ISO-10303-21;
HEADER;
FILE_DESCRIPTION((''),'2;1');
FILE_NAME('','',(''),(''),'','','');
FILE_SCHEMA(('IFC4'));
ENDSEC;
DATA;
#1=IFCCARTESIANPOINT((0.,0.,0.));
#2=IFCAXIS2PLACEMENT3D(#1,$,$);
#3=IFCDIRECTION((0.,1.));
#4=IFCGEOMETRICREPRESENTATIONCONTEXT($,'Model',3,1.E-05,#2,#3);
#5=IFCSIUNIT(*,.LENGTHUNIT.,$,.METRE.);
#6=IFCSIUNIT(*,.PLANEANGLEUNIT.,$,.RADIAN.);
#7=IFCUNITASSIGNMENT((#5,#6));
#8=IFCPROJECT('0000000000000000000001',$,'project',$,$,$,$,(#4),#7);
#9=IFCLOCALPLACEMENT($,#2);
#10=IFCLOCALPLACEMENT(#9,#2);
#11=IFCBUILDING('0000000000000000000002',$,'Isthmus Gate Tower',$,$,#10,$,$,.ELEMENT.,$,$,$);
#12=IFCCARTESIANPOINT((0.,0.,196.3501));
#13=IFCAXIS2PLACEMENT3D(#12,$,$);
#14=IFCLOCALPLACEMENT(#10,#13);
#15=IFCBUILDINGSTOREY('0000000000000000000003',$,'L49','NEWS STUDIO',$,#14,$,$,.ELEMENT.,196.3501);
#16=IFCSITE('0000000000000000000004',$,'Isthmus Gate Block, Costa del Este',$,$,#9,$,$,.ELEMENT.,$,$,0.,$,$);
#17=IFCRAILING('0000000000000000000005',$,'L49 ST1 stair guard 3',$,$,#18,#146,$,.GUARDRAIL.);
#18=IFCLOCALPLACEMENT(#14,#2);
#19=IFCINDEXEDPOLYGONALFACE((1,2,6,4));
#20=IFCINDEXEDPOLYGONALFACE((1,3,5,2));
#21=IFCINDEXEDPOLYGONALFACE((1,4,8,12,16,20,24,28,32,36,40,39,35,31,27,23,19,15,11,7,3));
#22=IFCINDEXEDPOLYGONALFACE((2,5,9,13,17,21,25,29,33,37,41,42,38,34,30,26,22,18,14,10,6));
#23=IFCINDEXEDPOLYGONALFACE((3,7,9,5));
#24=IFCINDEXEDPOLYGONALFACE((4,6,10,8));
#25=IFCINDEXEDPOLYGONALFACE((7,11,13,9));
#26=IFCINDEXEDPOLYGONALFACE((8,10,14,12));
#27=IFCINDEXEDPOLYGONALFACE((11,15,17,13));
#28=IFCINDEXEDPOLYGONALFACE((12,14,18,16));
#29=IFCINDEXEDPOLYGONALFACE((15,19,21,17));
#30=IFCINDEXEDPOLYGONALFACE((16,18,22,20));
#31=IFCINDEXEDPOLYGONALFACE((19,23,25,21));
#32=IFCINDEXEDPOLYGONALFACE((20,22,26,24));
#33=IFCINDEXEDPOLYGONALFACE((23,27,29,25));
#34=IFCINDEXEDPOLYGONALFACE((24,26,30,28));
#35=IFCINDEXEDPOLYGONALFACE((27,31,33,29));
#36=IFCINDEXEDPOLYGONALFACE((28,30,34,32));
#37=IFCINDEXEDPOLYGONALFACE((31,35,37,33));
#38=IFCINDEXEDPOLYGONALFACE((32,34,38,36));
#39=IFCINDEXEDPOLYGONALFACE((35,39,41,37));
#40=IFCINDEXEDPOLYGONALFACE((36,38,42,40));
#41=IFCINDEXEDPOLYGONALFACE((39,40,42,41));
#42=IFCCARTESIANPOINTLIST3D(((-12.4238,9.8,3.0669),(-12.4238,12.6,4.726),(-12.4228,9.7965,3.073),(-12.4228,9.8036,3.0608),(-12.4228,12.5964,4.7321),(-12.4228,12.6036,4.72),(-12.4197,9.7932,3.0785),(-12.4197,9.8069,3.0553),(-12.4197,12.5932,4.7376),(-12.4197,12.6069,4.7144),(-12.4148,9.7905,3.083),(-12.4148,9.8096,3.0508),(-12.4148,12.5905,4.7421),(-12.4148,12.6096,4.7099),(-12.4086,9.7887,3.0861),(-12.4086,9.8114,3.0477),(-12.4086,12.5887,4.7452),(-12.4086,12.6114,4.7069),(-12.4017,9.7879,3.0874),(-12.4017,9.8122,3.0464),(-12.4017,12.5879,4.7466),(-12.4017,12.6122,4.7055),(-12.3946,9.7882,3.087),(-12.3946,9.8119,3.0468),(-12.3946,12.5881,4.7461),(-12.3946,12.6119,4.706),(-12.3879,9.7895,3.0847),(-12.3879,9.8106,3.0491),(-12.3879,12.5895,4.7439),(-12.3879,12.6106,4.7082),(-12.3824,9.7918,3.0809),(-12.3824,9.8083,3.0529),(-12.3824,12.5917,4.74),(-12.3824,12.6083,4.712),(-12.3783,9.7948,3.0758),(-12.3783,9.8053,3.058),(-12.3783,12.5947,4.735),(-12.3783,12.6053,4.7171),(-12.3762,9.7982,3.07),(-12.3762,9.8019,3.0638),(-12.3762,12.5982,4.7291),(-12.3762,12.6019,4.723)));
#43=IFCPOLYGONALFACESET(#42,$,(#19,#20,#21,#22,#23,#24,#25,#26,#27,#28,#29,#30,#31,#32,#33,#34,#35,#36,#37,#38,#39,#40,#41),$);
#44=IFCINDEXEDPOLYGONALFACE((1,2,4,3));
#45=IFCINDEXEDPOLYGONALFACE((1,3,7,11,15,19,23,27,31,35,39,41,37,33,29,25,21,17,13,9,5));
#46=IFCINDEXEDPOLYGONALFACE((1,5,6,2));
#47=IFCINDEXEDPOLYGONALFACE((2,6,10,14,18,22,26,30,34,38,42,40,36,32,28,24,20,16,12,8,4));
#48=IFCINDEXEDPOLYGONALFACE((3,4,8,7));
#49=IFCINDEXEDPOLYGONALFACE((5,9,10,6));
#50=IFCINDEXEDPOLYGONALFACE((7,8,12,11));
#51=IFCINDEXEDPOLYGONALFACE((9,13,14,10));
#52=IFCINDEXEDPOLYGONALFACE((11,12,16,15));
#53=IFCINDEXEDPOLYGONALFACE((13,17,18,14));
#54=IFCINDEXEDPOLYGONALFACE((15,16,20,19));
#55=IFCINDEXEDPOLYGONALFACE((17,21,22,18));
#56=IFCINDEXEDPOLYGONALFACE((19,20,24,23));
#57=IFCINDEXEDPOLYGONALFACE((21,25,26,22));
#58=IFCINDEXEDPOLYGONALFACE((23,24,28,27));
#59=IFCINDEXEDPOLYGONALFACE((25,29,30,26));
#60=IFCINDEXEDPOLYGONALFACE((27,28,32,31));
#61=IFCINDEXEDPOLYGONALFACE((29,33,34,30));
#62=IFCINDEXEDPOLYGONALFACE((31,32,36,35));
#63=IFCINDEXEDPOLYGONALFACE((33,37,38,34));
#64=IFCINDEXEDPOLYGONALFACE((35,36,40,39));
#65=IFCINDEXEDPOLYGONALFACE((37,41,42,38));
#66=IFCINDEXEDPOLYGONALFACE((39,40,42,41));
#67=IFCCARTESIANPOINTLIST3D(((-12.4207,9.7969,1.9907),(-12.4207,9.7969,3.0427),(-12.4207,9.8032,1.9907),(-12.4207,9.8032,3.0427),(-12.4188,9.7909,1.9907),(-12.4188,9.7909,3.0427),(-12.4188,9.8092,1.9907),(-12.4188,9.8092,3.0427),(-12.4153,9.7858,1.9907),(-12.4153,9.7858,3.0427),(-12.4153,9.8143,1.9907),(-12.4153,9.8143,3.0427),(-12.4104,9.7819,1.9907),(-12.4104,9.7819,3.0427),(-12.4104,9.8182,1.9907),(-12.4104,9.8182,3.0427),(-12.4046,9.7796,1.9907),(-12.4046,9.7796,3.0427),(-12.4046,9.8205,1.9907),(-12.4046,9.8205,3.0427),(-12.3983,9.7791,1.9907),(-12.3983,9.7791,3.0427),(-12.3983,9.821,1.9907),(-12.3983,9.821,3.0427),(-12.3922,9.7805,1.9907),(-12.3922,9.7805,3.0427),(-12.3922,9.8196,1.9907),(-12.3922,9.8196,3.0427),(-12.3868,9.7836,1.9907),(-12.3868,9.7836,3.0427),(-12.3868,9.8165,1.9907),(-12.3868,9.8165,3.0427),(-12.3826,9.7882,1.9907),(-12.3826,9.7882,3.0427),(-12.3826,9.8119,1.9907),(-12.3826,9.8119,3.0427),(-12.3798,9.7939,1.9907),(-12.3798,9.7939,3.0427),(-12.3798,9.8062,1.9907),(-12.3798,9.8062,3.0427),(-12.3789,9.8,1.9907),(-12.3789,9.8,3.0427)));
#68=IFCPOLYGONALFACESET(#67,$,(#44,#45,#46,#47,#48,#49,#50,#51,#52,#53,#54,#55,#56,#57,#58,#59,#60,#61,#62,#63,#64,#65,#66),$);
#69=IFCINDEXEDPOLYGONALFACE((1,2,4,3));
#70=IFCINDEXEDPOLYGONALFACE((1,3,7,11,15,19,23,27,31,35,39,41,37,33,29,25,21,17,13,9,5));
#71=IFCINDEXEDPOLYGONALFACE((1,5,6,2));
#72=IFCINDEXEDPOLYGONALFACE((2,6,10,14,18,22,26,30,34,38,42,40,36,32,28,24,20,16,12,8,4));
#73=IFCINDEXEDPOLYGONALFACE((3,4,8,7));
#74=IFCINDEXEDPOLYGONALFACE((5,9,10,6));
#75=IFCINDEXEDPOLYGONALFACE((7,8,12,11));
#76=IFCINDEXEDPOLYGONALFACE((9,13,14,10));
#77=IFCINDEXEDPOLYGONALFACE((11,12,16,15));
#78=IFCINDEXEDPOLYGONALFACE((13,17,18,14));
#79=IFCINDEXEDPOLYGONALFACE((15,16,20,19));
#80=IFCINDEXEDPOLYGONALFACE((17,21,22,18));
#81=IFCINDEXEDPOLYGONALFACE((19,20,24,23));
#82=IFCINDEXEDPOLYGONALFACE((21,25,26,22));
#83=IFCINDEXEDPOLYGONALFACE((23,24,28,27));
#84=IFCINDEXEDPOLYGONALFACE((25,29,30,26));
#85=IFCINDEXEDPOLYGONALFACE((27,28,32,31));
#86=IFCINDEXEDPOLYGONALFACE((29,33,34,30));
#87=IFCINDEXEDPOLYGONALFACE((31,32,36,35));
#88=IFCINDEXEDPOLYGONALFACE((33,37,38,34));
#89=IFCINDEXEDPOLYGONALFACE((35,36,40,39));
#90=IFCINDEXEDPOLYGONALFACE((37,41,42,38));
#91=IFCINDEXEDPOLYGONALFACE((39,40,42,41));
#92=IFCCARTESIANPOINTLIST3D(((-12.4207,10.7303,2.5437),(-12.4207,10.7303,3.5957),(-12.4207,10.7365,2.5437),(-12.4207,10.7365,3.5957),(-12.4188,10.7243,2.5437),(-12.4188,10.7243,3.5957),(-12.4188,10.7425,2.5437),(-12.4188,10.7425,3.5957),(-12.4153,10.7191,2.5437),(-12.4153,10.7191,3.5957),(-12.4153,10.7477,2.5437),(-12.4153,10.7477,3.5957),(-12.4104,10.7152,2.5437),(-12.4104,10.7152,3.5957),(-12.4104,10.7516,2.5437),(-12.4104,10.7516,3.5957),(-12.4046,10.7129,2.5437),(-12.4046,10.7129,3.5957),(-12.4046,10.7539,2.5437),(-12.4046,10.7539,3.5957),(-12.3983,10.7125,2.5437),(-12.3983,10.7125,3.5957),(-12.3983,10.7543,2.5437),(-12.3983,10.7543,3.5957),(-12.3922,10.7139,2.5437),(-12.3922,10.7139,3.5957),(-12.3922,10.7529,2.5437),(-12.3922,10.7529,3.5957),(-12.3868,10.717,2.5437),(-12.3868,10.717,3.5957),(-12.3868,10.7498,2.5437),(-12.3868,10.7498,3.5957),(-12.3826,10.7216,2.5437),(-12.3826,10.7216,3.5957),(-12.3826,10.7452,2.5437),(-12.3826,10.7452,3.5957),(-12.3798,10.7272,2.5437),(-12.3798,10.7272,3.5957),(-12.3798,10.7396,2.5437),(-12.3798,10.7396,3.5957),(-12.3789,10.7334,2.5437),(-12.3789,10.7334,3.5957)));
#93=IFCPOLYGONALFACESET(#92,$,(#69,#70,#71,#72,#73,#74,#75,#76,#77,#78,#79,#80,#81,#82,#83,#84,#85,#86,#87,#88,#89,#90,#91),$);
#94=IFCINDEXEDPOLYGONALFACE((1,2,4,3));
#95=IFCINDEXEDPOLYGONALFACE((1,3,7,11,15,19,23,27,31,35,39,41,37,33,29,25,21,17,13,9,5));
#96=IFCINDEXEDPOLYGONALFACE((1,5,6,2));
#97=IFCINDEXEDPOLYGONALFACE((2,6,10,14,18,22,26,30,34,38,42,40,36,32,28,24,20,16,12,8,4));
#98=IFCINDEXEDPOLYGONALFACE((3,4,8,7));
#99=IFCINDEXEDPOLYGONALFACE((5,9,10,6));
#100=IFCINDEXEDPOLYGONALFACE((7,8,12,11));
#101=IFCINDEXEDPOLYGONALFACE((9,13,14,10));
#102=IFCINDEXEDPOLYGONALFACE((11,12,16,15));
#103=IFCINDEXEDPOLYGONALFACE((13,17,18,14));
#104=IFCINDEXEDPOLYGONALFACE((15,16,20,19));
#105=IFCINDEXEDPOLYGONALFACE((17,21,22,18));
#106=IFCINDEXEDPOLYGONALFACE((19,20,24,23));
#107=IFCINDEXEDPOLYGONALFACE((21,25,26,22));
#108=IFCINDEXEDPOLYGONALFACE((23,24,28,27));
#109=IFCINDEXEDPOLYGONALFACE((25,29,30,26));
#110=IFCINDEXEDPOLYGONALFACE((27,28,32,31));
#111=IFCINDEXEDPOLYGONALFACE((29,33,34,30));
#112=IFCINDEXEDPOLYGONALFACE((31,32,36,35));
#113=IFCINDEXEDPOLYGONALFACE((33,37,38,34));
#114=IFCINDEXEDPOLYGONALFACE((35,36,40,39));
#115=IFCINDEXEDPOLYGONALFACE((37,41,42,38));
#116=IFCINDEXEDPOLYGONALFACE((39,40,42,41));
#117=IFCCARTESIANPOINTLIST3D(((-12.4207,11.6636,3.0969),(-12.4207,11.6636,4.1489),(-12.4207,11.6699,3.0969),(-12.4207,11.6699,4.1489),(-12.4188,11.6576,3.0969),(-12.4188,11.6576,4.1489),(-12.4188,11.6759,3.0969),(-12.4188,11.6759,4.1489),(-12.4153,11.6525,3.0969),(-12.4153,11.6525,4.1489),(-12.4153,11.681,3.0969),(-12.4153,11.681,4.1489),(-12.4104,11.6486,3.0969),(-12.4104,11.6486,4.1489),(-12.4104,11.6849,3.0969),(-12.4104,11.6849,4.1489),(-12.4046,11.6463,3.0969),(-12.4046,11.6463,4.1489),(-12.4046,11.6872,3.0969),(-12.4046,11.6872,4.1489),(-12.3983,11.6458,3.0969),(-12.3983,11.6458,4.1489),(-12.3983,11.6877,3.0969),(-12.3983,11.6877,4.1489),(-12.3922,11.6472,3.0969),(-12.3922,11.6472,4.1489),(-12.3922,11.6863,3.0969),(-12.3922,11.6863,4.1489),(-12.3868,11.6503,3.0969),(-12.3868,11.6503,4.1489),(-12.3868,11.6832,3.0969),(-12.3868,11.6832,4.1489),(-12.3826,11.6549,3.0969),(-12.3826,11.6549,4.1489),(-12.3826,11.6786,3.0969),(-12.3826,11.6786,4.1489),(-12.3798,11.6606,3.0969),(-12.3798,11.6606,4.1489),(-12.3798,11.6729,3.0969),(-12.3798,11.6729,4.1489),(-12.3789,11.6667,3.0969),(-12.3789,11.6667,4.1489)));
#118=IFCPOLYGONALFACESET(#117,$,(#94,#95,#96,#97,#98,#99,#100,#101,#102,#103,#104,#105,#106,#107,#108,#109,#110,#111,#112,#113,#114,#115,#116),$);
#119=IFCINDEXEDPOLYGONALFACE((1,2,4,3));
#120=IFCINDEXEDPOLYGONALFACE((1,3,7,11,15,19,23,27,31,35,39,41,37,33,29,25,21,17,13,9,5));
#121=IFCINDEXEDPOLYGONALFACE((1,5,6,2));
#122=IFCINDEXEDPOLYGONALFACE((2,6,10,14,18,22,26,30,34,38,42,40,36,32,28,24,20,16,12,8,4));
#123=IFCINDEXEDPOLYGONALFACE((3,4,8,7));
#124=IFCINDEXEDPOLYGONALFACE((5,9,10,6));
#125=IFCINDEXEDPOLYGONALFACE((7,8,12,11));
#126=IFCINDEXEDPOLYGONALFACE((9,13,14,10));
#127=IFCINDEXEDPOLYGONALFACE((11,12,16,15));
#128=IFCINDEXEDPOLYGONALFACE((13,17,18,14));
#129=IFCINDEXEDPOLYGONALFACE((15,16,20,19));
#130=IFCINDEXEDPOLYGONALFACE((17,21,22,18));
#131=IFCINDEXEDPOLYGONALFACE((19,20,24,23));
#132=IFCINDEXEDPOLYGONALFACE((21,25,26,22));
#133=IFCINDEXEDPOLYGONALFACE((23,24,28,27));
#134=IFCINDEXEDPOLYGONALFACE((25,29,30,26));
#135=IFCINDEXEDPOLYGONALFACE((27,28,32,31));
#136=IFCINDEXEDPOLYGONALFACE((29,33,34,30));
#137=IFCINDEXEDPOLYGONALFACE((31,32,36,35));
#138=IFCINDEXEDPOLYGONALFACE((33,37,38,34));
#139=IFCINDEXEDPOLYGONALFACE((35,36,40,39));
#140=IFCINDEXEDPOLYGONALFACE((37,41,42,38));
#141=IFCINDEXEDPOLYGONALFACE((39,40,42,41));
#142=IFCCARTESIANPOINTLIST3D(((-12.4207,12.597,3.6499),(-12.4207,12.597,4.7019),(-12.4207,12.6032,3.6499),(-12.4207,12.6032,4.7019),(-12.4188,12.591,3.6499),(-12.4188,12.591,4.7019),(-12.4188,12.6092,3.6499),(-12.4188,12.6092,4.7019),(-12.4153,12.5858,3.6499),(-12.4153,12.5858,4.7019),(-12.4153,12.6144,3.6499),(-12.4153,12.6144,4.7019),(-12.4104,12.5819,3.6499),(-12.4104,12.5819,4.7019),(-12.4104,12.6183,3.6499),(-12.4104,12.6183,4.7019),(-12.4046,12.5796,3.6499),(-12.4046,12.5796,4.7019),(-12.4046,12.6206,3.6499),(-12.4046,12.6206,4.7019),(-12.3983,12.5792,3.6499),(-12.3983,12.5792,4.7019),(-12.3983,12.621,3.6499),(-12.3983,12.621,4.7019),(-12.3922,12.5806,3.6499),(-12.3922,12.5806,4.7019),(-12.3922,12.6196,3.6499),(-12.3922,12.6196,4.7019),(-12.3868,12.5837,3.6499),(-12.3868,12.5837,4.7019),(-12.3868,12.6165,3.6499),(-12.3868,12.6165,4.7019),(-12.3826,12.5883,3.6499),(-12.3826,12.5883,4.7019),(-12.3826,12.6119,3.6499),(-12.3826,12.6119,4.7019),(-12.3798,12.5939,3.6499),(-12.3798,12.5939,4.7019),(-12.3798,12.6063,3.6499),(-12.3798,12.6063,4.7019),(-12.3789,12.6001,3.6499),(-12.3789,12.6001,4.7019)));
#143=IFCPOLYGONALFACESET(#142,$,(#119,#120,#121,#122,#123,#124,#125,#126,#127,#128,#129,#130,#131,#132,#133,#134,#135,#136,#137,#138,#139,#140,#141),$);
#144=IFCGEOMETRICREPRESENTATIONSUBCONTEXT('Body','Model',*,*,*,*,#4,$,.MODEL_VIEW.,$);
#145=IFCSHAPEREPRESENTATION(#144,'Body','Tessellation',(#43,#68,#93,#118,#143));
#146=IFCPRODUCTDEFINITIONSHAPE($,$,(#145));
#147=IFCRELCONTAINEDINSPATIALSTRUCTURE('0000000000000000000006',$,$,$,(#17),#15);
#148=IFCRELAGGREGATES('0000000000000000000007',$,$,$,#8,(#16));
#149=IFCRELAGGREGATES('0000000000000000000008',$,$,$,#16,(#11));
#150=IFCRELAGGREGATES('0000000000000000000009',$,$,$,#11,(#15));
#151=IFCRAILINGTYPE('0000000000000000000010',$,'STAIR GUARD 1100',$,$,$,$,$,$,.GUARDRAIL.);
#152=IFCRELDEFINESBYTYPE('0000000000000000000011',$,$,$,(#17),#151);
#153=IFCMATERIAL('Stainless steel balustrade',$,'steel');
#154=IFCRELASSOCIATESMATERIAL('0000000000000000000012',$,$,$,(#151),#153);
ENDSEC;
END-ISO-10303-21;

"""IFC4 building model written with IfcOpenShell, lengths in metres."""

from ifc_helpers import new_model, si_unit, direction, frame, origin, origin_2d, place, context, subcontext, project, spatial, circle, extrude, material, type_object, element, save


model = new_model("IFC4")

# Units and contexts
model_context = context("Model", 3, precision=1e-05, world=origin(), true_north=direction((0.0, 1.0)))
body_context = subcontext(model_context, "Body", "Model", "MODEL_VIEW")
ifc_project = project(units=[si_unit("LENGTHUNIT", "METRE"), si_unit("PLANEANGLEUNIT", "RADIAN")], contexts=[model_context])

# Site, building, storey
site_placement = place(None, origin())
site = spatial("IfcSite", under=ifc_project, at=site_placement, Name="Isthmus Gate Block, Costa del Este", CompositionType="ELEMENT", RefElevation=0.0)
building_placement = place(site_placement, origin())
building = spatial("IfcBuilding", under=site, at=building_placement, Name="Isthmus Gate Tower", CompositionType="ELEMENT")
storey_placement = place(building_placement, frame((0.0, 0.0, 196.3501)))
storey = spatial("IfcBuildingStorey", under=building, at=storey_placement, Name="L49", Description="NEWS STUDIO", CompositionType="ELEMENT", Elevation=196.3501)

# Railing
ifc_material_1 = material(Name="Stainless steel balustrade", Category="steel")
railing_type_1 = type_object("IfcRailingType", Name="STAIR GUARD 1100", PredefinedType="GUARDRAIL", material=ifc_material_1)
for number, where, name in (
    (1, (-12.3999, 9.8, 1.9907), "L49 ST1 stair guard 3"),
):
    element("IfcRailing", number, at=place(storey_placement, frame(where)), inside=storey, type_object=railing_type_1, Name=name, PredefinedType="GUARDRAIL", context=body_context, shape_type="SweptSolid", body=[
        extrude(circle(Radius=0.0239, at=origin_2d()), frame((0.0, 0.0, 1.0762), z_axis=(0.0, 0.860306, 0.509778), x_axis=(-1.0, 0.0, 0.0)), (0.0, 0.0, 1.0), 3.2546),
        extrude(circle(Radius=0.021, at=origin_2d()), origin(), (0.0, 0.0, 1.0), 1.052),
        extrude(circle(Radius=0.021, at=origin_2d()), frame((0.0, 0.9333, 0.553)), (0.0, 0.0, 1.0), 1.052),
        extrude(circle(Radius=0.021, at=origin_2d()), frame((0.0, 1.8667, 1.1062)), (0.0, 0.0, 1.0), 1.052),
        extrude(circle(Radius=0.021, at=origin_2d()), frame((0.0, 2.8, 1.6592)), (0.0, 0.0, 1.0), 1.052),
    ])

save(model, "model.ifc")
